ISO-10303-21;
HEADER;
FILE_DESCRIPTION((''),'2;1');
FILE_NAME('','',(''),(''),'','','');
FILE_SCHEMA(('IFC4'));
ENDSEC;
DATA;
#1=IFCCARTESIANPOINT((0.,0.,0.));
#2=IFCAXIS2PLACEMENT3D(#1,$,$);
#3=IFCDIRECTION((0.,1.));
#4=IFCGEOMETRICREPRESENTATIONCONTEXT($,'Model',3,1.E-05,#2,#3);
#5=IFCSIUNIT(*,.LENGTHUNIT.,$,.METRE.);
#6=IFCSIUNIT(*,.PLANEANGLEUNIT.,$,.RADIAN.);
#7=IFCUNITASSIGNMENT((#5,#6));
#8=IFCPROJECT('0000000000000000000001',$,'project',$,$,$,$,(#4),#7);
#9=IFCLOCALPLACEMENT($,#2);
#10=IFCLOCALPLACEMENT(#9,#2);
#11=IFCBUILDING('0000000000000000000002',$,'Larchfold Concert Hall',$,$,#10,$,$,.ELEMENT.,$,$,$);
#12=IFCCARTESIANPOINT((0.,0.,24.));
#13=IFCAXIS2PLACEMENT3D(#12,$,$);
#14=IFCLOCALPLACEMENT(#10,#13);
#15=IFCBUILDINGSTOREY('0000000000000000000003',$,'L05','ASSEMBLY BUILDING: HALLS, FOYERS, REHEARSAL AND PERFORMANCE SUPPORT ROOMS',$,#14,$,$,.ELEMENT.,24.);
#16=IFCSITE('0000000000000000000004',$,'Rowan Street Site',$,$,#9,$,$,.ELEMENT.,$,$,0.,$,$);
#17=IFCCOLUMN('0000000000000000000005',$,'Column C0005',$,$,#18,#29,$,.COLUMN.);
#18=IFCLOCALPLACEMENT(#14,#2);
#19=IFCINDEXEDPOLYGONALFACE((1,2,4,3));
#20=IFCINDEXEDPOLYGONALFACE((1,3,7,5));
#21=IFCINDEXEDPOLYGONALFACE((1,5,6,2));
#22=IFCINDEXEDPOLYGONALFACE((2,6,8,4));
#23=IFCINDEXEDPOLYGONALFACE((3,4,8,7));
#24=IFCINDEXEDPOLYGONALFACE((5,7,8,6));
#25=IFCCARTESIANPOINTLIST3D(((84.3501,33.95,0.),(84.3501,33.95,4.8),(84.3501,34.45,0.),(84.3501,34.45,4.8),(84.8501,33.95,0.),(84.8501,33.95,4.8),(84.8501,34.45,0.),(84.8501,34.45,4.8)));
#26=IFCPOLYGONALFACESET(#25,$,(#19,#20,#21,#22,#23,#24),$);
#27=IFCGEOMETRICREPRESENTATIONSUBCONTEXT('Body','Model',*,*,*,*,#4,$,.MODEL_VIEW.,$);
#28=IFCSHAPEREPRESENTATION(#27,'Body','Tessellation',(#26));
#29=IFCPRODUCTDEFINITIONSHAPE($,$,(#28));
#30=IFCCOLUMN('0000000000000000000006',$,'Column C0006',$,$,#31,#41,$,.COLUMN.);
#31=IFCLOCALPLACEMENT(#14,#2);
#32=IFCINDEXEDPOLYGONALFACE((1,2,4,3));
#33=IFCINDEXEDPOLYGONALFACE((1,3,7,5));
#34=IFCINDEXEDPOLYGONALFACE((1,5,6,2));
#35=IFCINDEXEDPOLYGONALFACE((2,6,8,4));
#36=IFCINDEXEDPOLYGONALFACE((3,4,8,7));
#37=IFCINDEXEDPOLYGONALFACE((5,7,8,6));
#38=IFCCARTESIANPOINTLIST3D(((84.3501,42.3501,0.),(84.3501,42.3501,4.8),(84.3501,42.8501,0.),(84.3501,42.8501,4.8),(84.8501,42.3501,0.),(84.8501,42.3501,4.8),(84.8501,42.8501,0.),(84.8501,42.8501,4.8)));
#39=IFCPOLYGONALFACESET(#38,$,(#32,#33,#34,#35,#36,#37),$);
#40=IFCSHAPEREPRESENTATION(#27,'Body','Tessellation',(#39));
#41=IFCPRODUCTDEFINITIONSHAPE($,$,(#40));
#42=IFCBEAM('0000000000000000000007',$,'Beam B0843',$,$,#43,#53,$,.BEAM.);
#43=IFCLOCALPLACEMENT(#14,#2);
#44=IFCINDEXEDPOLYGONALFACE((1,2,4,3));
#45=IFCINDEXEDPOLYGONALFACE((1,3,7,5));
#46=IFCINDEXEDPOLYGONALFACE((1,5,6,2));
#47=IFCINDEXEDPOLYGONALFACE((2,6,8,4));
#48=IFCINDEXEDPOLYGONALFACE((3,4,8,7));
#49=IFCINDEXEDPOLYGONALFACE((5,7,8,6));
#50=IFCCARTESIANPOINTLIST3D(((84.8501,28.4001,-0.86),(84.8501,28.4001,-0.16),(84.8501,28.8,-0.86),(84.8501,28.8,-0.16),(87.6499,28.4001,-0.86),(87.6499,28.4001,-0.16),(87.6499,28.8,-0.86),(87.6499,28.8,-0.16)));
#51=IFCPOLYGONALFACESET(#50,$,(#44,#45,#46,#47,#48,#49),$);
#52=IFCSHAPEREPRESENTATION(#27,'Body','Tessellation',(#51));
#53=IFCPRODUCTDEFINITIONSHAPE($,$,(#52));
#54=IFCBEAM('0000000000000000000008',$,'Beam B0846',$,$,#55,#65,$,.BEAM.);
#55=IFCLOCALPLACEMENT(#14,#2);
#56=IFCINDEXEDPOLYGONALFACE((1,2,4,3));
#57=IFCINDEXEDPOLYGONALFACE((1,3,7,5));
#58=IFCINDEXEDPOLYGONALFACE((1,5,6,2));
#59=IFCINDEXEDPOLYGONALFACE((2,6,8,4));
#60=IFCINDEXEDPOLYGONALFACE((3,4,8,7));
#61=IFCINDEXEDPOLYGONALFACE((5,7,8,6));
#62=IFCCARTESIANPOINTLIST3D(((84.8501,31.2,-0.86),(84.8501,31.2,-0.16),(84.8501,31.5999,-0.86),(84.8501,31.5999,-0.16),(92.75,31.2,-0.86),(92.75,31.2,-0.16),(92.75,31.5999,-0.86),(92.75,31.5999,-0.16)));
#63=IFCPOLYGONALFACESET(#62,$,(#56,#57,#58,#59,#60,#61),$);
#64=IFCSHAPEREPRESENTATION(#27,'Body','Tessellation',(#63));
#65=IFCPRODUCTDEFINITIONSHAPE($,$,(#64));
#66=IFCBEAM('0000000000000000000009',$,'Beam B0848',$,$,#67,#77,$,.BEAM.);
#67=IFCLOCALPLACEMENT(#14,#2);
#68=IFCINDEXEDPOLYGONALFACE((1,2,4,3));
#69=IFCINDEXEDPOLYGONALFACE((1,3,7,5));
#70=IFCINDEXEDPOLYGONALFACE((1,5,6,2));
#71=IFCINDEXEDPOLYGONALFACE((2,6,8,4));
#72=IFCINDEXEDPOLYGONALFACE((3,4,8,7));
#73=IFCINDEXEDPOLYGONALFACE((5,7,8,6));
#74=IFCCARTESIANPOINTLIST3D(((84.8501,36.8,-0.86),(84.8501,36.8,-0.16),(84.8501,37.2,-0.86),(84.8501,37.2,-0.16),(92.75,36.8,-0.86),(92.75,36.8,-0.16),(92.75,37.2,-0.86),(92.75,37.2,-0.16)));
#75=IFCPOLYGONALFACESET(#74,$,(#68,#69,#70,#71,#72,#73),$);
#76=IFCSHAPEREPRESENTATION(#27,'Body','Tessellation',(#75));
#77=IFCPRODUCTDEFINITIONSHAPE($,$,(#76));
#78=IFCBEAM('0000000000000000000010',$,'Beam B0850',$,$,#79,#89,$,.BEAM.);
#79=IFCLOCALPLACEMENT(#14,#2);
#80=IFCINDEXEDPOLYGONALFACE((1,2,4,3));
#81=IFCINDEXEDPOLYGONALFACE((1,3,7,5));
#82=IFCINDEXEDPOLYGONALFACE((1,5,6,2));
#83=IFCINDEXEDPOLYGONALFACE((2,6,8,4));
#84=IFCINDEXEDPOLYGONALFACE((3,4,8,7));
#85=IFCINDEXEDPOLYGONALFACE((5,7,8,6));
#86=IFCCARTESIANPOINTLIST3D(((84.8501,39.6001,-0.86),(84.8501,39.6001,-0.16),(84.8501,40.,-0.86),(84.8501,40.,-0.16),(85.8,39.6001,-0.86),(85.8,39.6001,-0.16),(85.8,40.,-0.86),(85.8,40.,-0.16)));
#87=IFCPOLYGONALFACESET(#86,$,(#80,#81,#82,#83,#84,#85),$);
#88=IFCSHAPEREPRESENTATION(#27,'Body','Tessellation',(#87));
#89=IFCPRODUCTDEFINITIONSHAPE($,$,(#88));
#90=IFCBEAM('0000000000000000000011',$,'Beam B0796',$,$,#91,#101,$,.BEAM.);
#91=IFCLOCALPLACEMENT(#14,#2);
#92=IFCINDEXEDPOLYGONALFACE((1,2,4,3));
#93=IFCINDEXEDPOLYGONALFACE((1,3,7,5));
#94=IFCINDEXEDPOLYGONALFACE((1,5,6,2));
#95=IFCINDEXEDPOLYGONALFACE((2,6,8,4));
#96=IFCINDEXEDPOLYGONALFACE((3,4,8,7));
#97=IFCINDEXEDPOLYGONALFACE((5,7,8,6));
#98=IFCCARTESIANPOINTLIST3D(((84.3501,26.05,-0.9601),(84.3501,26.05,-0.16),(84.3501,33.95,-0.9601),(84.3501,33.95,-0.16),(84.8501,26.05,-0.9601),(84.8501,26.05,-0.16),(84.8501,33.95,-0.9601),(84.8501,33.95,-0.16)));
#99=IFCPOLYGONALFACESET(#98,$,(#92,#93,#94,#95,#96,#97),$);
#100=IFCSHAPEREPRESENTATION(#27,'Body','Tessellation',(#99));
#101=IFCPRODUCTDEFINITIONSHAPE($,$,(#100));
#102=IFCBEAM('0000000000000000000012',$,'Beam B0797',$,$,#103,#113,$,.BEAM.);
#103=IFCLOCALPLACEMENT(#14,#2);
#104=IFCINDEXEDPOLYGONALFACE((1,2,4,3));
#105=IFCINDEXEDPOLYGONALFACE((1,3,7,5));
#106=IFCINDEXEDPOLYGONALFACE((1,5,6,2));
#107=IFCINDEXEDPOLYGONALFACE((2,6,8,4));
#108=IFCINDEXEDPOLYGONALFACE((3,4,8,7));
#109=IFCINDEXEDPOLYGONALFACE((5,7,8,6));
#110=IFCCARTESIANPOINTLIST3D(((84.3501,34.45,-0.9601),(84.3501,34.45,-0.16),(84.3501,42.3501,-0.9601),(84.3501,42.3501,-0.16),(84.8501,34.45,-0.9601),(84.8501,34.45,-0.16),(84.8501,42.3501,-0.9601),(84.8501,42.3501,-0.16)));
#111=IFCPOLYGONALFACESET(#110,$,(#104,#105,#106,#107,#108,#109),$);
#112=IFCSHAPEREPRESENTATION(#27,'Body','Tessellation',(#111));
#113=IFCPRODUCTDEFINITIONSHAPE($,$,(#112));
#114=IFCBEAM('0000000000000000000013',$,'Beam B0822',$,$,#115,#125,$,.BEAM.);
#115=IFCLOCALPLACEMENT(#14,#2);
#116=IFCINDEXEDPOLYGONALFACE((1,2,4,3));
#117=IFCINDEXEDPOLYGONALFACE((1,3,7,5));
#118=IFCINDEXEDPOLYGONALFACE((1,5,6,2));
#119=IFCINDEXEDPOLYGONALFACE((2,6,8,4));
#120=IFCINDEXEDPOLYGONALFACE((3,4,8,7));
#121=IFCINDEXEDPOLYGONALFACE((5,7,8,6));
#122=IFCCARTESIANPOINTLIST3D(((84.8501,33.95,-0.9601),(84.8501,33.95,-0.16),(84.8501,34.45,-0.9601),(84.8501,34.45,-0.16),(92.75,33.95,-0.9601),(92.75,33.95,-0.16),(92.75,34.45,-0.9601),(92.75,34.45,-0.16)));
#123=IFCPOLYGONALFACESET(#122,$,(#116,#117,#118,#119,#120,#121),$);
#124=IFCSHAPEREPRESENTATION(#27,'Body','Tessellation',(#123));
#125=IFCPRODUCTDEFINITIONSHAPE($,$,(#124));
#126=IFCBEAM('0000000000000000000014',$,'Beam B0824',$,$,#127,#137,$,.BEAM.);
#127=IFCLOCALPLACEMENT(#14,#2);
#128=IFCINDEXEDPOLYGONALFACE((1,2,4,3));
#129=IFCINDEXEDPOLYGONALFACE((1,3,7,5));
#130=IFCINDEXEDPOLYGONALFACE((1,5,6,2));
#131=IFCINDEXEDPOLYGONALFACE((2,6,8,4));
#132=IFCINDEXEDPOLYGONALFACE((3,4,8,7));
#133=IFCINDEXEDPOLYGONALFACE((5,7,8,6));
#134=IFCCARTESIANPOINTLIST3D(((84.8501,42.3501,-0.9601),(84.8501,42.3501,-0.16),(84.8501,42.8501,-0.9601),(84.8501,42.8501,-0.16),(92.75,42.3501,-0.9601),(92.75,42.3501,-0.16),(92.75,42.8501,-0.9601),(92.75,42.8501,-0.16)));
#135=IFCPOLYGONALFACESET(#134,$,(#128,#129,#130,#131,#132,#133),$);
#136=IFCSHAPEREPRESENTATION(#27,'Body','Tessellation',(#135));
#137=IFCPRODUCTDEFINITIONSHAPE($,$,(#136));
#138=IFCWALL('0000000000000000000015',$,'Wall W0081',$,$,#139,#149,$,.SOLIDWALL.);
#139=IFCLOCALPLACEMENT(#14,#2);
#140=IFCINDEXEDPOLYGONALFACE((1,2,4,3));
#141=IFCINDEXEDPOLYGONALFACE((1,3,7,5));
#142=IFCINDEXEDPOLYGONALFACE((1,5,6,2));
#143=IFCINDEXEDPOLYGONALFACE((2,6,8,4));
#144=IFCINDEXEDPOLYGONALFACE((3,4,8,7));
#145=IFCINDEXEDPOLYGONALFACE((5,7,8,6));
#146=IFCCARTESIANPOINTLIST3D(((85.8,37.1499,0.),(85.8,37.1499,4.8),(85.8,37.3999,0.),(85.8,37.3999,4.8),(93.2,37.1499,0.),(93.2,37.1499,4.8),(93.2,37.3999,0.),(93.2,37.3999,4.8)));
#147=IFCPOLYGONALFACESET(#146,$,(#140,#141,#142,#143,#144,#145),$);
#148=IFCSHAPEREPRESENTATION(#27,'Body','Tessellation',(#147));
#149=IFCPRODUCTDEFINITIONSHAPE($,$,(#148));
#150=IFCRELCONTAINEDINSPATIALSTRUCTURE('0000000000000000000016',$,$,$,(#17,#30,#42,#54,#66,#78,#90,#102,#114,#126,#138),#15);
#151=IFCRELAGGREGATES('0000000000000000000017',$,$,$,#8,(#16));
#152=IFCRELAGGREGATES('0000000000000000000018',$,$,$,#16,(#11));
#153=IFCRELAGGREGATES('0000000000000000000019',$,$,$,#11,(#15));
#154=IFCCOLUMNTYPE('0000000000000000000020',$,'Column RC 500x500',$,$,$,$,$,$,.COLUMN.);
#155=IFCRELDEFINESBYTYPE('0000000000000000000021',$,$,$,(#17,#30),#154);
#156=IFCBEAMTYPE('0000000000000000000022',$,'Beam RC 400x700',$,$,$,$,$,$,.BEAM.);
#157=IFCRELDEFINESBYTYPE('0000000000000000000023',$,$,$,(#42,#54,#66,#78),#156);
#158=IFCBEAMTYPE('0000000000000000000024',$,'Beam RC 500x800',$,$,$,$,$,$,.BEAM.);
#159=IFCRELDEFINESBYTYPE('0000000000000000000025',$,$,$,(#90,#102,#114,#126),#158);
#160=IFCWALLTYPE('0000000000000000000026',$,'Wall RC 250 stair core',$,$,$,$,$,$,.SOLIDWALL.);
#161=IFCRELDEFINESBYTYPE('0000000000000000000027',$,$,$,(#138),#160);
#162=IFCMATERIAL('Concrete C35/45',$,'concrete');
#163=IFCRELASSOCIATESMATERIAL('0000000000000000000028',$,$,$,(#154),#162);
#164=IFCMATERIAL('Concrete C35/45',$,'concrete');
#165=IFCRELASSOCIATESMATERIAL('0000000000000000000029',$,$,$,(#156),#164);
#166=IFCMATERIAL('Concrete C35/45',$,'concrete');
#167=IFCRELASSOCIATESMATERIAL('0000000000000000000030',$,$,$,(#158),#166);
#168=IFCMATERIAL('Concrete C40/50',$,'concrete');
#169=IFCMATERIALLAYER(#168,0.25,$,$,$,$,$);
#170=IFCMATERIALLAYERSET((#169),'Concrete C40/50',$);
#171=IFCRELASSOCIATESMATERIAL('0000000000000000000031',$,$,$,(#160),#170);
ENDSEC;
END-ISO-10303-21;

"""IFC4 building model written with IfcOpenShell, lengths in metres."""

from ifc_helpers import new_model, si_unit, direction, frame, frame_2d, origin, origin_2d, place, context, subcontext, project, spatial, rectangle, extrude, material, layer, layer_set, material_profile, profile_set, type_object, element, save


model = new_model("IFC4")

# Units and contexts
model_context = context("Model", 3, precision=1e-05, world=origin(), true_north=direction((0.0, 1.0)))
body_context = subcontext(model_context, "Body", "Model", "MODEL_VIEW")
ifc_project = project(units=[si_unit("LENGTHUNIT", "METRE"), si_unit("PLANEANGLEUNIT", "RADIAN")], contexts=[model_context])

# Site, building, storey
site_placement = place(None, origin())
site = spatial("IfcSite", under=ifc_project, at=site_placement, Name="Rowan Street Site", CompositionType="ELEMENT", RefElevation=0.0)
building_placement = place(site_placement, origin())
building = spatial("IfcBuilding", under=site, at=building_placement, Name="Larchfold Concert Hall", CompositionType="ELEMENT")
storey_placement = place(building_placement, frame((0.0, 0.0, 24.0)))
storey = spatial("IfcBuildingStorey", under=building, at=storey_placement, Name="L05", Description="ASSEMBLY BUILDING: HALLS, FOYERS, REHEARSAL AND PERFORMANCE SUPPORT ROOMS", CompositionType="ELEMENT", Elevation=24.0)

# Columns
ifc_material_1 = material(Name="Concrete C35/45", Category="concrete")
ifc_material_profile_1 = material_profile(ifc_material_1, rectangle(XDim=0.5, YDim=0.5, at=origin_2d()))
ifc_profile_set_1 = profile_set([ifc_material_profile_1], Name="Concrete C35/45")
column_type = type_object("IfcColumnType", Name="Column RC 500x500", PredefinedType="COLUMN", material=ifc_profile_set_1)
for number, where, z_axis, x_axis, name in (
    (1, (84.6001, 34.2, 0.0), (0.0, 0.0, 1.0), (1.0, 0.0, 0.0), "Column C0005"),
    (2, (84.6001, 42.6001, 0.0), (0.0, 0.0, 1.0), (1.0, 0.0, 0.0), "Column C0006"),
):
    element("IfcColumn", number, at=place(storey_placement, frame(where, z_axis=z_axis, x_axis=x_axis)), inside=storey, type_object=column_type, Name=name, PredefinedType="COLUMN", context=body_context, shape_type="SweptSolid", body=[
        extrude(rectangle(XDim=0.5, YDim=0.5, at=origin_2d()), origin(), (0.0, 0.0, 1.0), 4.8),
    ])

# Beams
ifc_material_2 = material(Name="Concrete C35/45", Category="concrete")
ifc_material_profile_2 = material_profile(ifc_material_2, rectangle(XDim=0.3999, YDim=0.7, at=origin_2d()))
ifc_profile_set_2 = profile_set([ifc_material_profile_2], Name="Concrete C35/45")
beam_type_1 = type_object("IfcBeamType", Name="Beam RC 400x700", PredefinedType="BEAM", material=ifc_profile_set_2)
beam_1_placement = place(storey_placement, frame((84.8501, 28.6001, -0.51), z_axis=(1.0, 0.0, 0.0), x_axis=(0.0, 1.0, 0.0)))
element("IfcBeam", 3, at=beam_1_placement, inside=storey, type_object=beam_type_1, Name="Beam B0843", PredefinedType="BEAM", context=body_context, shape_type="SweptSolid", body=[
    extrude(rectangle(XDim=0.3999, YDim=0.7, at=origin_2d()), origin(), (0.0, 0.0, 1.0), 2.7998),
])
for number, where, z_axis, x_axis, name in (
    (4, (84.8501, 31.3999, -0.51), (1.0, 0.0, 0.0), (0.0, 1.0, 0.0), "Beam B0846"),
    (5, (84.8501, 37.0, -0.51), (1.0, 0.0, 0.0), (0.0, 1.0, 0.0), "Beam B0848"),
):
    element("IfcBeam", number, at=place(storey_placement, frame(where, z_axis=z_axis, x_axis=x_axis)), inside=storey, type_object=beam_type_1, Name=name, PredefinedType="BEAM", context=body_context, shape_type="SweptSolid", body=[
        extrude(rectangle(XDim=0.3999, YDim=0.7, at=origin_2d()), origin(), (0.0, 0.0, 1.0), 7.8999),
    ])
beam_2_placement = place(storey_placement, frame((84.8501, 39.8, -0.51), z_axis=(1.0, 0.0, 0.0), x_axis=(0.0, 1.0, 0.0)))
element("IfcBeam", 6, at=beam_2_placement, inside=storey, type_object=beam_type_1, Name="Beam B0850", PredefinedType="BEAM", context=body_context, shape_type="SweptSolid", body=[
    extrude(rectangle(XDim=0.3999, YDim=0.7, at=origin_2d()), origin(), (0.0, 0.0, 1.0), 0.95),
])
ifc_material_3 = material(Name="Concrete C35/45", Category="concrete")
ifc_material_profile_3 = material_profile(ifc_material_3, rectangle(XDim=0.5, YDim=0.8, at=origin_2d()))
ifc_profile_set_3 = profile_set([ifc_material_profile_3], Name="Concrete C35/45")
beam_type_2 = type_object("IfcBeamType", Name="Beam RC 500x800", PredefinedType="BEAM", material=ifc_profile_set_3)
beam_3_placement = place(storey_placement, frame((84.6001, 26.05, -0.5601), z_axis=(0.0, 1.0, 0.0), x_axis=(-1.0, 0.0, 0.0)))
element("IfcBeam", 7, at=beam_3_placement, inside=storey, type_object=beam_type_2, Name="Beam B0796", PredefinedType="BEAM", context=body_context, shape_type="SweptSolid", body=[
    extrude(rectangle(XDim=0.5, YDim=0.8, at=origin_2d()), origin(), (0.0, 0.0, 1.0), 7.8999),
])
beam_4_placement = place(storey_placement, frame((84.6001, 34.45, -0.5601), z_axis=(0.0, 1.0, 0.0), x_axis=(-1.0, 0.0, 0.0)))
element("IfcBeam", 8, at=beam_4_placement, inside=storey, type_object=beam_type_2, Name="Beam B0797", PredefinedType="BEAM", context=body_context, shape_type="SweptSolid", body=[
    extrude(rectangle(XDim=0.5, YDim=0.8, at=origin_2d()), origin(), (0.0, 0.0, 1.0), 7.9001),
])
for number, where, z_axis, x_axis, name in (
    (9, (84.8501, 34.2, -0.5601), (1.0, 0.0, 0.0), (0.0, 1.0, 0.0), "Beam B0822"),
    (10, (84.8501, 42.6001, -0.5601), (1.0, 0.0, 0.0), (0.0, 1.0, 0.0), "Beam B0824"),
):
    element("IfcBeam", number, at=place(storey_placement, frame(where, z_axis=z_axis, x_axis=x_axis)), inside=storey, type_object=beam_type_2, Name=name, PredefinedType="BEAM", context=body_context, shape_type="SweptSolid", body=[
        extrude(rectangle(XDim=0.5, YDim=0.8, at=origin_2d()), origin(), (0.0, 0.0, 1.0), 7.8999),
    ])

# Wall
ifc_material_4 = material(Name="Concrete C40/50", Category="concrete")
ifc_layer_1 = layer(ifc_material_4, 0.25)
ifc_layer_set_1 = layer_set([ifc_layer_1], Name="Concrete C40/50")
wall_type_1 = type_object("IfcWallType", Name="Wall RC 250 stair core", PredefinedType="SOLIDWALL", material=ifc_layer_set_1)
wall_1_placement = place(storey_placement, frame((85.8, 37.2749, 0.0), z_axis=(0.0, 0.0, 1.0), x_axis=(1.0, 0.0, 0.0)))
element("IfcWall", 11, at=wall_1_placement, inside=storey, type_object=wall_type_1, Name="Wall W0081", PredefinedType="SOLIDWALL", context=body_context, shape_type="SweptSolid", body=[
    extrude(rectangle(XDim=7.3999, YDim=0.25, at=frame_2d((3.7, 0.0))), origin(), (0.0, 0.0, 1.0), 4.8),
])

save(model, "model.ifc")
